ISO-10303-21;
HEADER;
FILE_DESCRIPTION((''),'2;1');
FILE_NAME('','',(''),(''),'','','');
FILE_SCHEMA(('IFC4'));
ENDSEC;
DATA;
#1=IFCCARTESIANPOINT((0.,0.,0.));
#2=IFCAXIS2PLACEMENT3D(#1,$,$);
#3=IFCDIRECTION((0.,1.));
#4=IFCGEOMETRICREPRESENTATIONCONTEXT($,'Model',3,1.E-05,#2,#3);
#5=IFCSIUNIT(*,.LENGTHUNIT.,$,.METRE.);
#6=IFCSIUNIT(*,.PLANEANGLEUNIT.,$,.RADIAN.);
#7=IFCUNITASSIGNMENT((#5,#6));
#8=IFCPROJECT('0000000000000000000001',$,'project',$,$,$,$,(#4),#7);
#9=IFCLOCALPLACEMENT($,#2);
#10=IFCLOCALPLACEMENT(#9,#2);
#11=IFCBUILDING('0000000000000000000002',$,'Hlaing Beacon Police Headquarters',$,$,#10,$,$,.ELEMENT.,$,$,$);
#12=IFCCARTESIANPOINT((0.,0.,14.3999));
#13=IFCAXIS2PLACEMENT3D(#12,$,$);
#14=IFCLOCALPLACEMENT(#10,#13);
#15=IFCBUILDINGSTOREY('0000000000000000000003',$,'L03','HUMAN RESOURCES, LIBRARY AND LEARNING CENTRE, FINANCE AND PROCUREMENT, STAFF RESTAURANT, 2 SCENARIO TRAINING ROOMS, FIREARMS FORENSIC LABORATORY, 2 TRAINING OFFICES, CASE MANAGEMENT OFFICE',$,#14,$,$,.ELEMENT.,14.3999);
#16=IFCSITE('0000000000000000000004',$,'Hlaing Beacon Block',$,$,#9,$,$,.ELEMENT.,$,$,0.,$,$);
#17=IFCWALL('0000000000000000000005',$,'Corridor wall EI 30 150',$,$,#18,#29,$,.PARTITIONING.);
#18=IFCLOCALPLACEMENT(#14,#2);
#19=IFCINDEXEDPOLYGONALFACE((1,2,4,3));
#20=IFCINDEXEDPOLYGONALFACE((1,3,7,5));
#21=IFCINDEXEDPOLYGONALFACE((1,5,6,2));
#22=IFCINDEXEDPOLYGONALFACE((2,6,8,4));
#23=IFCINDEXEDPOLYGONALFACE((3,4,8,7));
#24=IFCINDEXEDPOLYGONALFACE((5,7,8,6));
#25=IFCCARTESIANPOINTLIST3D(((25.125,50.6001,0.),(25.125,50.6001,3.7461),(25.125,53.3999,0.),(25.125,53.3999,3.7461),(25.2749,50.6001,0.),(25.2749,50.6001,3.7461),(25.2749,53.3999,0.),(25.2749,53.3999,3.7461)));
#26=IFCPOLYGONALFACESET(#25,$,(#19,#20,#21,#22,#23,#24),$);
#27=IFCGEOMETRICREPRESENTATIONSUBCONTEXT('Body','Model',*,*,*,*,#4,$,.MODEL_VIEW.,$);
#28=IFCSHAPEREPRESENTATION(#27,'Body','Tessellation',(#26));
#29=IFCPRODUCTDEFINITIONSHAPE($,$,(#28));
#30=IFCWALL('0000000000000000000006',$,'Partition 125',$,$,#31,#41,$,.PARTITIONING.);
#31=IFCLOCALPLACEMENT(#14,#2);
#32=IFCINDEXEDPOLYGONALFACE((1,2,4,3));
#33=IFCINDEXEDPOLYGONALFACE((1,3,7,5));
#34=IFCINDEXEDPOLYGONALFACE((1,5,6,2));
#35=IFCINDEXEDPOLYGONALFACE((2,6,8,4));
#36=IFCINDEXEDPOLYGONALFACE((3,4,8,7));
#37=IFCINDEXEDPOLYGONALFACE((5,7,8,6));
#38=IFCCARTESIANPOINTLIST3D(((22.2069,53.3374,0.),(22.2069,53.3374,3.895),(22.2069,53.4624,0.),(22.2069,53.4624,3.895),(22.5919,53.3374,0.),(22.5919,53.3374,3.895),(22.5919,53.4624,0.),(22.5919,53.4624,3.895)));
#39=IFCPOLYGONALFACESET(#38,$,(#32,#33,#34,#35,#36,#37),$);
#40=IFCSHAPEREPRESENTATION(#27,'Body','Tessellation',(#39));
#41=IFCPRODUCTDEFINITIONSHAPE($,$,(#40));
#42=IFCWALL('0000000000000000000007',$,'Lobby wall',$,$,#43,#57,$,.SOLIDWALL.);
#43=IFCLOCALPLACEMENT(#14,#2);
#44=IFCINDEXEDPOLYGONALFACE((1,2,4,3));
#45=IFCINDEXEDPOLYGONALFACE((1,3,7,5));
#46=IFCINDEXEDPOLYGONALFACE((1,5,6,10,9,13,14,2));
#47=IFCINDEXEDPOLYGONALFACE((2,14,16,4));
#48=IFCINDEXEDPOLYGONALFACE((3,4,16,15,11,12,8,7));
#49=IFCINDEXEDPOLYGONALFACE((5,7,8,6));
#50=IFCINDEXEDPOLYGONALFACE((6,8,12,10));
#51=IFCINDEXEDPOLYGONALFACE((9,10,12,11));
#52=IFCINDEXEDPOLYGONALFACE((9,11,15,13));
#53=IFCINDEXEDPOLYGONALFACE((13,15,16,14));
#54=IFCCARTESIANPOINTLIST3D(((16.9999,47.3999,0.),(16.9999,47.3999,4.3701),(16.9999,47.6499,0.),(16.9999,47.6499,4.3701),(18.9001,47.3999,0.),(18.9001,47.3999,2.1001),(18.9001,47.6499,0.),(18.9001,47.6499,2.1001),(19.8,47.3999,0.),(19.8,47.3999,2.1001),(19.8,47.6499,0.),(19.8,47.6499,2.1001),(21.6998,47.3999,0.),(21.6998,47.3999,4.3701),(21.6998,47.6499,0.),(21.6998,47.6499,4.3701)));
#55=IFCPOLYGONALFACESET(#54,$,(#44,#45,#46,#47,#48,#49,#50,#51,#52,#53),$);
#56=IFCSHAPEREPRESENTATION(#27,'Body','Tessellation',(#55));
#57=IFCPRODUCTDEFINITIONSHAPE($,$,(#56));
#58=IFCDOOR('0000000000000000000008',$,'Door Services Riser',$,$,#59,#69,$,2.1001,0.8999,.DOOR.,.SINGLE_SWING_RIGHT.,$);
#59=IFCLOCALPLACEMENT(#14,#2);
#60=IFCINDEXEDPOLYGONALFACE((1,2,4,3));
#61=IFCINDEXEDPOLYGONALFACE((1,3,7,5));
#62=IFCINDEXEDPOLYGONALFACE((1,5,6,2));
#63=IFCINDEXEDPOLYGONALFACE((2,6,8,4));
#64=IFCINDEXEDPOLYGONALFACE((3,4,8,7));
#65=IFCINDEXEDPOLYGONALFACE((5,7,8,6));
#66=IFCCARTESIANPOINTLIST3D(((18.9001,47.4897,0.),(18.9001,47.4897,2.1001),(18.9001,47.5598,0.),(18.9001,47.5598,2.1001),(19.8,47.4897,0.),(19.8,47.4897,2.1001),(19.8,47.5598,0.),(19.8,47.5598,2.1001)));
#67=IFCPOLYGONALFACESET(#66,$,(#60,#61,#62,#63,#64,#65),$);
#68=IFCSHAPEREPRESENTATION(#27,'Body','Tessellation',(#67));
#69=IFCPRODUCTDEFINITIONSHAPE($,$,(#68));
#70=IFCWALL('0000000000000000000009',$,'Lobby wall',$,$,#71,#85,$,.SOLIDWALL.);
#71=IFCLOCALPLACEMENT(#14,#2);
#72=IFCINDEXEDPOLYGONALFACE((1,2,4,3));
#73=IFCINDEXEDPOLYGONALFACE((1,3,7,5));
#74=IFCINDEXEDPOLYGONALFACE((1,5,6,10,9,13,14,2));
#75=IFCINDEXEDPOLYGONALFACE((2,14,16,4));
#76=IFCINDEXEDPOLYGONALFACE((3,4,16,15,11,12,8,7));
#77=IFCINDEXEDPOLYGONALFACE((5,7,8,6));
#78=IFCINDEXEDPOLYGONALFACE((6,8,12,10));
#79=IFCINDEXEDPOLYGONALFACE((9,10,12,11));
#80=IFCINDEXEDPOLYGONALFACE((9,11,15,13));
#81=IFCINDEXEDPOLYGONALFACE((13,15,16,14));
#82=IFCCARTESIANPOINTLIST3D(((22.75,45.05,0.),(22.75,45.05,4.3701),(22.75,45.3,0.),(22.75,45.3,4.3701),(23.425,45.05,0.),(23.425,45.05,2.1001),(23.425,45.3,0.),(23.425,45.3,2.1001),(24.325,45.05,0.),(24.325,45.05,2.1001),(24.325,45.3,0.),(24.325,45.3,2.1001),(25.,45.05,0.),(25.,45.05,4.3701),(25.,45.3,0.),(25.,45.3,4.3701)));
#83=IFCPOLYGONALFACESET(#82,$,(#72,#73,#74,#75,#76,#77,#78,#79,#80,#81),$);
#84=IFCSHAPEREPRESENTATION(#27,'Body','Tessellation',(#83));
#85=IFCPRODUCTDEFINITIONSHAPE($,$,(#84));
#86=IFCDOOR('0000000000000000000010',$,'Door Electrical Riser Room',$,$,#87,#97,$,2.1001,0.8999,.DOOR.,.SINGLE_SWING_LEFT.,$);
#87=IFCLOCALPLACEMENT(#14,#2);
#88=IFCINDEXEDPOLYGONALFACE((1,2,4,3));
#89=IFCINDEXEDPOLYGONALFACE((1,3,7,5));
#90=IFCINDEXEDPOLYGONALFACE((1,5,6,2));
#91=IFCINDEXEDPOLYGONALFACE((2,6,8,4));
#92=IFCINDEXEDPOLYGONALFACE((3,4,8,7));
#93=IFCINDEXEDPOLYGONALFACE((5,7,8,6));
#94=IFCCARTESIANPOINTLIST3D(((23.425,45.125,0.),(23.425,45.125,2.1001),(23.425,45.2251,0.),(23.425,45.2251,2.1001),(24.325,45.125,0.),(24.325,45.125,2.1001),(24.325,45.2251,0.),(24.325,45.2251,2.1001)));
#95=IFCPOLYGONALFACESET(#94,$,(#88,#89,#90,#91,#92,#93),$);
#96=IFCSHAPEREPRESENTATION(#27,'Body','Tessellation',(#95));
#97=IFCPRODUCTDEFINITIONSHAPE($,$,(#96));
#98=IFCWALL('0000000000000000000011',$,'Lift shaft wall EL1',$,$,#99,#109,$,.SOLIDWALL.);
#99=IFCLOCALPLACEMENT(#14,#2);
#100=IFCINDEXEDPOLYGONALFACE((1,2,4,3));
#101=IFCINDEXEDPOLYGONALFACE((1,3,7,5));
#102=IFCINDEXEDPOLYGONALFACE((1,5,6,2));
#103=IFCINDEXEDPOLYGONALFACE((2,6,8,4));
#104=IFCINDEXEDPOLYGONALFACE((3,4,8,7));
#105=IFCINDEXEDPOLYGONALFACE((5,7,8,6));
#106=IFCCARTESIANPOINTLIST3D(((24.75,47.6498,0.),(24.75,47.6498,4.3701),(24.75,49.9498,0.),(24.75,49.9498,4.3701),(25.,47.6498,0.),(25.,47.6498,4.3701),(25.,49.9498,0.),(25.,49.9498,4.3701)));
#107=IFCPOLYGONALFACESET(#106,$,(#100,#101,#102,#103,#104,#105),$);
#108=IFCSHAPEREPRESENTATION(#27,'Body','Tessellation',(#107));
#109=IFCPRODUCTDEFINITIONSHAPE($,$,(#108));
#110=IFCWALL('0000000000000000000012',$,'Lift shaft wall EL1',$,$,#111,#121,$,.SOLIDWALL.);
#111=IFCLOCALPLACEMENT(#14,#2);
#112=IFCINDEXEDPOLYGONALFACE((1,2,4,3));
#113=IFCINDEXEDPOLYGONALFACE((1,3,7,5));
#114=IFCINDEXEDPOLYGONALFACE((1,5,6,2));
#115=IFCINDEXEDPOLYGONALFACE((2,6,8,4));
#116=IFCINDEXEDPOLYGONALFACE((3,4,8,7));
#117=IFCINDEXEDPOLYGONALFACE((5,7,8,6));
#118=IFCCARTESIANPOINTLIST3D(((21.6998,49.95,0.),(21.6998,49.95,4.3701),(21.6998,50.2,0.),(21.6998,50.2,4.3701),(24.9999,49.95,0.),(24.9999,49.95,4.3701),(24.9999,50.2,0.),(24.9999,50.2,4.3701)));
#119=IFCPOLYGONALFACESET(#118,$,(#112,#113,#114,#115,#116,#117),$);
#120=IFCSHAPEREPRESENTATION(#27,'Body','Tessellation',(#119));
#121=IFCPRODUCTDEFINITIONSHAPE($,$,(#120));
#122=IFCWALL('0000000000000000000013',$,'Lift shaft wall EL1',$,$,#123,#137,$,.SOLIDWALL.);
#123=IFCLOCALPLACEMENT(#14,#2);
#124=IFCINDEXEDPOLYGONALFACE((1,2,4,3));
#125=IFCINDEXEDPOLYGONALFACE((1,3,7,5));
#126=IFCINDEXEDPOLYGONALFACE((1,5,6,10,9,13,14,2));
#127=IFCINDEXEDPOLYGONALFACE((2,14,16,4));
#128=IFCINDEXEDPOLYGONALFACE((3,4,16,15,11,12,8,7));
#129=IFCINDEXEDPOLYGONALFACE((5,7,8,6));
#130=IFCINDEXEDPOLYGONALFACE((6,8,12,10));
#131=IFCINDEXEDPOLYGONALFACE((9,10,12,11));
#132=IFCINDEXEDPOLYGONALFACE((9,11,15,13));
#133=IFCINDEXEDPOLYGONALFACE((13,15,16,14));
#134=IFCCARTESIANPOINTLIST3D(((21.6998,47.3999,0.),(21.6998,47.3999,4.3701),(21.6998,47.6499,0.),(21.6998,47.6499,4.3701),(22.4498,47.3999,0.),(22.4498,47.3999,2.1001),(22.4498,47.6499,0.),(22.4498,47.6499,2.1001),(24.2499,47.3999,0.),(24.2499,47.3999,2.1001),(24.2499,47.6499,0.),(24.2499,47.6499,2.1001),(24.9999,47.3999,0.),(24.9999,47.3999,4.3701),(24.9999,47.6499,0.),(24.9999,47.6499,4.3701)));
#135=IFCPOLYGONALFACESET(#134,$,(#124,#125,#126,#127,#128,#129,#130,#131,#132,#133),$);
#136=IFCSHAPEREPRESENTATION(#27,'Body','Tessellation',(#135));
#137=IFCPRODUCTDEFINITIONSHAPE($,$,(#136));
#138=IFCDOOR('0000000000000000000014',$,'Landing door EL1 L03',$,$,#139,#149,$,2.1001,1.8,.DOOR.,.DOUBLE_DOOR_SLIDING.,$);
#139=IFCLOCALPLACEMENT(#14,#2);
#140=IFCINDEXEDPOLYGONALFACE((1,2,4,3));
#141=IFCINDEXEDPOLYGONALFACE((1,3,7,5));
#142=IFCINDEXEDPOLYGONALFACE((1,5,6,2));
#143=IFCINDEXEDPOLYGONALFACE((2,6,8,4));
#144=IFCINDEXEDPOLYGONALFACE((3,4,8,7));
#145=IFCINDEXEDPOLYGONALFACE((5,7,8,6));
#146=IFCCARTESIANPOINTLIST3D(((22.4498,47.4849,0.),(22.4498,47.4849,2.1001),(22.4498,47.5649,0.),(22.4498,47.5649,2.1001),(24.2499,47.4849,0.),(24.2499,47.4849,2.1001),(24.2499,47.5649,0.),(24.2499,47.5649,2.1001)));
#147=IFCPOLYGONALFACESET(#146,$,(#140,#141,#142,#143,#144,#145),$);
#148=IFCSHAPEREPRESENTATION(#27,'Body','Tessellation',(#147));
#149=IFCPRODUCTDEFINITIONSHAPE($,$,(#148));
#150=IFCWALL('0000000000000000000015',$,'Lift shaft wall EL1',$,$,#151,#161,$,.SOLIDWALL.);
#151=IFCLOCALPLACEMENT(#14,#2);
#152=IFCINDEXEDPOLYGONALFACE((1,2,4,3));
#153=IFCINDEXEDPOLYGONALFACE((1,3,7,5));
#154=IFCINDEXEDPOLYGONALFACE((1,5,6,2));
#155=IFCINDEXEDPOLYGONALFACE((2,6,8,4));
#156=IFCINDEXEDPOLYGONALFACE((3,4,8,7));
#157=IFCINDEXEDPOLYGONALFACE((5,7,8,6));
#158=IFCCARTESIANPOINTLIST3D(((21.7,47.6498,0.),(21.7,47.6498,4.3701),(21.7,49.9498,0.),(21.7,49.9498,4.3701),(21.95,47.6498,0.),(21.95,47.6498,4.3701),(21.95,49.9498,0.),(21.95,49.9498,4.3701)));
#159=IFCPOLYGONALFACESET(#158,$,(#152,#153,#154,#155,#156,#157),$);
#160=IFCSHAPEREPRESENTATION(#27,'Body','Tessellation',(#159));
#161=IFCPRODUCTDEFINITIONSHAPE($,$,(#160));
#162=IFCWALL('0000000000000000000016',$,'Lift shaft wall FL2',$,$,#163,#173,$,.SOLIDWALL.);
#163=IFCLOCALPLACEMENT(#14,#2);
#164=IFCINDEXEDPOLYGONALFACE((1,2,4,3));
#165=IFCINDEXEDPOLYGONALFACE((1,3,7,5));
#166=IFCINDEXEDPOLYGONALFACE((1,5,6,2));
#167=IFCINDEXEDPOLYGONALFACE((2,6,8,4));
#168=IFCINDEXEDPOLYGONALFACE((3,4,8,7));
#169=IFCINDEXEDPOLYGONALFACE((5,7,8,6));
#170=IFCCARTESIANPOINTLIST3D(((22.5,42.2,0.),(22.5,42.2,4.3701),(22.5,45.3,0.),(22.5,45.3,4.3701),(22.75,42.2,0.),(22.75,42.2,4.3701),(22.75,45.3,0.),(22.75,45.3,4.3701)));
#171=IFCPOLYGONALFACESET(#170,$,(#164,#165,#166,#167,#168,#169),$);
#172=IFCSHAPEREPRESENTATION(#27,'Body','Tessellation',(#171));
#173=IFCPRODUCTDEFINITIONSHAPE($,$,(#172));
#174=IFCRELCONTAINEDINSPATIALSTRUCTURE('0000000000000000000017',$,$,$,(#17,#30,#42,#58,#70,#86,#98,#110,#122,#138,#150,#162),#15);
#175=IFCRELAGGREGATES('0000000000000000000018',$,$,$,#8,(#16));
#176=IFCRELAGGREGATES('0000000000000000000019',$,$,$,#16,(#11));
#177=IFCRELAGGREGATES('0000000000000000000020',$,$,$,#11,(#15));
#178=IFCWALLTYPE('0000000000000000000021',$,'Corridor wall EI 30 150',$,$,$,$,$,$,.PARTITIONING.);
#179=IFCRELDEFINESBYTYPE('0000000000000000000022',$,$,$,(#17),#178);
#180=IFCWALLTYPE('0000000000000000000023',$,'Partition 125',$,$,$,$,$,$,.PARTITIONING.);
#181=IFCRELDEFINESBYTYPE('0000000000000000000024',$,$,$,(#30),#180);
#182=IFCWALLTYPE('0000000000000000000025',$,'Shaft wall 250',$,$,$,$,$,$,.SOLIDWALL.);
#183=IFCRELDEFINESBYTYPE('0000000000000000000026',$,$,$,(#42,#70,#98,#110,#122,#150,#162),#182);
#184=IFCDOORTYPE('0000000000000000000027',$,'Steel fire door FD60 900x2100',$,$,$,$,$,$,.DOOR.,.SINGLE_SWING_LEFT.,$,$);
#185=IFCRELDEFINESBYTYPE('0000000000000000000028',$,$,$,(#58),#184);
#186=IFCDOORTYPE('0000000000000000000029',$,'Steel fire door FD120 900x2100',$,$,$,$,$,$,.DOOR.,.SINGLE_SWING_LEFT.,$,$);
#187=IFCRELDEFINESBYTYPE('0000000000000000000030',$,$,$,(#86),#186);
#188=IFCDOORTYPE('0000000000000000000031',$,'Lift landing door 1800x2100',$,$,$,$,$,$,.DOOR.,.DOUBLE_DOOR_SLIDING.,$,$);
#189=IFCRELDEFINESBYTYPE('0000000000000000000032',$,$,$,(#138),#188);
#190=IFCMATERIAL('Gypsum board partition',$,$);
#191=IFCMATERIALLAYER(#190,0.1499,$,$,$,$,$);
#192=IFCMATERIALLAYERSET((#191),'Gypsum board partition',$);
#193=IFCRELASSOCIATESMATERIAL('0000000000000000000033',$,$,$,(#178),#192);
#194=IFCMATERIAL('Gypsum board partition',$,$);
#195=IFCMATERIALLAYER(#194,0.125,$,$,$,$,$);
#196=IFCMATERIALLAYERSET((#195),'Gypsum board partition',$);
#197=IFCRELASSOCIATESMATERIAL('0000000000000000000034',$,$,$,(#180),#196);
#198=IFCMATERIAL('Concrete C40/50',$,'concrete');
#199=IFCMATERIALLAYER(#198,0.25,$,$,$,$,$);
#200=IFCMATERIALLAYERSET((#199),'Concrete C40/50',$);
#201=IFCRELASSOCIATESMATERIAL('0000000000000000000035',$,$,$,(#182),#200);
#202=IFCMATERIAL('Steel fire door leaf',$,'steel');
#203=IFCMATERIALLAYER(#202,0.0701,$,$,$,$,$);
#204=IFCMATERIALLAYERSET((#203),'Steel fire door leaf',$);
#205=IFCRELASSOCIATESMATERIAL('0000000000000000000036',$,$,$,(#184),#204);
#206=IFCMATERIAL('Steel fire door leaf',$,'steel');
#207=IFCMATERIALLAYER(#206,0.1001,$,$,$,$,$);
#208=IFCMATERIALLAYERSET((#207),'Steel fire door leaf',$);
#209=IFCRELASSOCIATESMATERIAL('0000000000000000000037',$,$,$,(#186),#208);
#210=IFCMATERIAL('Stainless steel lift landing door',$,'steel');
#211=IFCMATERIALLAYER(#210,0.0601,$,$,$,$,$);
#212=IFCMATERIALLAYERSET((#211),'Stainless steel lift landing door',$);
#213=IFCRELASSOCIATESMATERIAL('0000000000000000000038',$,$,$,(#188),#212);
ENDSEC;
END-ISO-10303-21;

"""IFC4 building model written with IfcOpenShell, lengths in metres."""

from ifc_helpers import new_model, si_unit, direction, frame, frame_2d, origin, place, context, subcontext, project, spatial, rectangle, extrude, material, layer, layer_set, type_object, element, fill, save


model = new_model("IFC4")

# Units and contexts
model_context = context("Model", 3, precision=1e-05, world=origin(), true_north=direction((0.0, 1.0)))
body_context = subcontext(model_context, "Body", "Model", "MODEL_VIEW")
ifc_project = project(units=[si_unit("LENGTHUNIT", "METRE"), si_unit("PLANEANGLEUNIT", "RADIAN")], contexts=[model_context])

# Site, building, storey
site_placement = place(None, origin())
site = spatial("IfcSite", under=ifc_project, at=site_placement, Name="Hlaing Beacon Block", CompositionType="ELEMENT", RefElevation=0.0)
building_placement = place(site_placement, origin())
building = spatial("IfcBuilding", under=site, at=building_placement, Name="Hlaing Beacon Police Headquarters", CompositionType="ELEMENT")
storey_placement = place(building_placement, frame((0.0, 0.0, 14.3999)))
storey = spatial("IfcBuildingStorey", under=building, at=storey_placement, Name="L03", Description="HUMAN RESOURCES, LIBRARY AND LEARNING CENTRE, FINANCE AND PROCUREMENT, STAFF RESTAURANT, 2 SCENARIO TRAINING ROOMS, FIREARMS FORENSIC LABORATORY, 2 TRAINING OFFICES, CASE MANAGEMENT OFFICE", CompositionType="ELEMENT", Elevation=14.3999)

# Walls
ifc_material_1 = material(Name="Gypsum board partition")
ifc_layer_1 = layer(ifc_material_1, 0.1499)
ifc_layer_set_1 = layer_set([ifc_layer_1], Name="Gypsum board partition")
wall_type_1 = type_object("IfcWallType", Name="Corridor wall EI 30 150", PredefinedType="PARTITIONING", material=ifc_layer_set_1)
wall_1_placement = place(storey_placement, frame((25.2, 50.6001, 0.0), z_axis=(0.0, 0.0, 1.0), x_axis=(0.0, 1.0, 0.0)))
element("IfcWall", 1, at=wall_1_placement, inside=storey, type_object=wall_type_1, Name="Corridor wall EI 30 150", PredefinedType="PARTITIONING", context=body_context, shape_type="SweptSolid", body=[
    extrude(rectangle(XDim=2.7998, YDim=0.1499, at=frame_2d((1.3999, 0.0))), origin(), (0.0, 0.0, 1.0), 3.7461),
])
ifc_material_2 = material(Name="Gypsum board partition")
ifc_layer_2 = layer(ifc_material_2, 0.125)
ifc_layer_set_2 = layer_set([ifc_layer_2], Name="Gypsum board partition")
wall_type_2 = type_object("IfcWallType", Name="Partition 125", PredefinedType="PARTITIONING", material=ifc_layer_set_2)
wall_2_placement = place(storey_placement, frame((22.207, 53.3999, 0.0), z_axis=(0.0, 0.0, 1.0), x_axis=(1.0, 0.0, 0.0)))
element("IfcWall", 2, at=wall_2_placement, inside=storey, type_object=wall_type_2, Name="Partition 125", PredefinedType="PARTITIONING", context=body_context, shape_type="SweptSolid", body=[
    extrude(rectangle(XDim=0.385, YDim=0.125, at=frame_2d((0.1924, 0.0))), origin(), (0.0, 0.0, 1.0), 3.895),
])

# Walls, openings, doors
ifc_material_3 = material(Name="Concrete C40/50", Category="concrete")
ifc_layer_3 = layer(ifc_material_3, 0.25)
ifc_layer_set_3 = layer_set([ifc_layer_3], Name="Concrete C40/50")
wall_type_3 = type_object("IfcWallType", Name="Shaft wall 250", PredefinedType="SOLIDWALL", material=ifc_layer_set_3)
wall_3_placement = place(storey_placement, frame((21.7, 47.5249, 0.0), z_axis=(0.0, 0.0, 1.0), x_axis=(-1.0, 0.0, 0.0)))
wall_3 = element("IfcWall", 3, at=wall_3_placement, inside=storey, type_object=wall_type_3, Name="Lobby wall", PredefinedType="SOLIDWALL", context=body_context, shape_type="SweptSolid", body=[
    extrude(rectangle(XDim=4.7, YDim=0.25, at=frame_2d((2.3501, 0.0))), origin(), (0.0, 0.0, 1.0), 4.3701),
])
opening_1_placement = place(wall_3_placement, frame((1.8999, 0.0, 0.0)))
opening_1 = element("IfcOpeningElement", 4, at=opening_1_placement, cuts=wall_3, PredefinedType="OPENING", context=body_context, shape_type="SweptSolid", body=[
    extrude(rectangle(XDim=0.8999, YDim=2.1001, at=frame_2d((0.45, 1.05))), frame((0.0, 0.135, 0.0), z_axis=(0.0, -1.0, 0.0), x_axis=(1.0, 0.0, 0.0)), (0.0, 0.0, 1.0), 0.27),
])
ifc_material_4 = material(Name="Steel fire door leaf", Category="steel")
ifc_layer_4 = layer(ifc_material_4, 0.0701)
ifc_layer_set_4 = layer_set([ifc_layer_4], Name="Steel fire door leaf")
door_type_1 = type_object("IfcDoorType", Name="Steel fire door FD60 900x2100", OperationType="SINGLE_SWING_LEFT", PredefinedType="DOOR", material=ifc_layer_set_4)
door_1_placement = place(opening_1_placement, frame((0.8999, 0.0, 0.0), z_axis=(0.0, 0.0, 1.0), x_axis=(-1.0, 0.0, 0.0)))
door_1 = element("IfcDoor", 5, at=door_1_placement, inside=storey, type_object=door_type_1, Name="Door Services Riser", OperationType="SINGLE_SWING_RIGHT", OverallHeight=2.1001, OverallWidth=0.8999, PredefinedType="DOOR", context=body_context, shape_type="SweptSolid", body=[
    extrude(rectangle(XDim=0.8999, YDim=2.1001, at=frame_2d((0.45, 1.05))), frame((0.0, 0.0349, 0.0), z_axis=(0.0, -1.0, 0.0), x_axis=(1.0, 0.0, 0.0)), (0.0, 0.0, 1.0), 0.0701),
])
fill(opening_1, door_1)
wall_4_placement = place(storey_placement, frame((25.0, 45.175, 0.0), z_axis=(0.0, 0.0, 1.0), x_axis=(-1.0, 0.0, 0.0)))
wall_4 = element("IfcWall", 6, at=wall_4_placement, inside=storey, type_object=wall_type_3, Name="Lobby wall", PredefinedType="SOLIDWALL", context=body_context, shape_type="SweptSolid", body=[
    extrude(rectangle(XDim=2.25, YDim=0.25, at=frame_2d((1.125, 0.0))), origin(), (0.0, 0.0, 1.0), 4.3701),
])
opening_2_placement = place(wall_4_placement, frame((0.675, 0.0, 0.0)))
opening_2 = element("IfcOpeningElement", 7, at=opening_2_placement, cuts=wall_4, PredefinedType="OPENING", context=body_context, shape_type="SweptSolid", body=[
    extrude(rectangle(XDim=0.8999, YDim=2.1001, at=frame_2d((0.45, 1.05))), frame((0.0, 0.135, 0.0), z_axis=(0.0, -1.0, 0.0), x_axis=(1.0, 0.0, 0.0)), (0.0, 0.0, 1.0), 0.27),
])
ifc_material_5 = material(Name="Steel fire door leaf", Category="steel")
ifc_layer_5 = layer(ifc_material_5, 0.1001)
ifc_layer_set_5 = layer_set([ifc_layer_5], Name="Steel fire door leaf")
door_type_2 = type_object("IfcDoorType", Name="Steel fire door FD120 900x2100", OperationType="SINGLE_SWING_LEFT", PredefinedType="DOOR", material=ifc_layer_set_5)
door_2_placement = place(opening_2_placement, origin())
door_2 = element("IfcDoor", 8, at=door_2_placement, inside=storey, type_object=door_type_2, Name="Door Electrical Riser Room", OperationType="SINGLE_SWING_LEFT", OverallHeight=2.1001, OverallWidth=0.8999, PredefinedType="DOOR", context=body_context, shape_type="SweptSolid", body=[
    extrude(rectangle(XDim=0.8999, YDim=2.1001, at=frame_2d((0.45, 1.05))), frame((0.0, 0.05, 0.0), z_axis=(0.0, -1.0, 0.0), x_axis=(1.0, 0.0, 0.0)), (0.0, 0.0, 1.0), 0.1001),
])
fill(opening_2, door_2)

# Walls
wall_5_placement = place(storey_placement, frame((24.875, 47.6499, 0.0), z_axis=(0.0, 0.0, 1.0), x_axis=(0.0, 1.0, 0.0)))
element("IfcWall", 9, at=wall_5_placement, inside=storey, type_object=wall_type_3, Name="Lift shaft wall EL1", PredefinedType="SOLIDWALL", context=body_context, shape_type="SweptSolid", body=[
    extrude(rectangle(XDim=2.3, YDim=0.25, at=frame_2d((1.1499, 0.0))), origin(), (0.0, 0.0, 1.0), 4.3701),
])
wall_6_placement = place(storey_placement, frame((21.7, 50.075, 0.0), z_axis=(0.0, 0.0, 1.0), x_axis=(1.0, 0.0, 0.0)))
element("IfcWall", 10, at=wall_6_placement, inside=storey, type_object=wall_type_3, Name="Lift shaft wall EL1", PredefinedType="SOLIDWALL", context=body_context, shape_type="SweptSolid", body=[
    extrude(rectangle(XDim=3.3, YDim=0.25, at=frame_2d((1.6499, 0.0))), origin(), (0.0, 0.0, 1.0), 4.3701),
])

# Wall, opening, door
wall_7_placement = place(storey_placement, frame((21.7, 47.5249, 0.0), z_axis=(0.0, 0.0, 1.0), x_axis=(1.0, 0.0, 0.0)))
wall_7 = element("IfcWall", 11, at=wall_7_placement, inside=storey, type_object=wall_type_3, Name="Lift shaft wall EL1", PredefinedType="SOLIDWALL", context=body_context, shape_type="SweptSolid", body=[
    extrude(rectangle(XDim=3.3, YDim=0.25, at=frame_2d((1.6499, 0.0))), origin(), (0.0, 0.0, 1.0), 4.3701),
])
opening_3_placement = place(wall_7_placement, frame((0.75, 0.0, 0.0)))
opening_3 = element("IfcOpeningElement", 12, at=opening_3_placement, cuts=wall_7, PredefinedType="OPENING", context=body_context, shape_type="SweptSolid", body=[
    extrude(rectangle(XDim=1.8, YDim=2.1001, at=frame_2d((0.8999, 1.05))), frame((0.0, 0.135, 0.0), z_axis=(0.0, -1.0, 0.0), x_axis=(1.0, 0.0, 0.0)), (0.0, 0.0, 1.0), 0.27),
])
ifc_material_6 = material(Name="Stainless steel lift landing door", Category="steel")
ifc_layer_6 = layer(ifc_material_6, 0.0601)
ifc_layer_set_6 = layer_set([ifc_layer_6], Name="Stainless steel lift landing door")
door_type_3 = type_object("IfcDoorType", Name="Lift landing door 1800x2100", OperationType="DOUBLE_DOOR_SLIDING", PredefinedType="DOOR", material=ifc_layer_set_6)
door_3_placement = place(opening_3_placement, origin())
door_3 = element("IfcDoor", 13, at=door_3_placement, inside=storey, type_object=door_type_3, Name="Landing door EL1 L03", OperationType="DOUBLE_DOOR_SLIDING", OverallHeight=2.1001, OverallWidth=1.8, PredefinedType="DOOR", context=body_context, shape_type="SweptSolid", body=[
    extrude(rectangle(XDim=1.8, YDim=2.1001, at=frame_2d((0.8999, 1.05))), frame((0.0, 0.04, 0.0), z_axis=(0.0, -1.0, 0.0), x_axis=(1.0, 0.0, 0.0)), (0.0, 0.0, 1.0), 0.0801),
])
fill(opening_3, door_3)

# Walls
wall_8_placement = place(storey_placement, frame((21.825, 47.6499, 0.0), z_axis=(0.0, 0.0, 1.0), x_axis=(0.0, 1.0, 0.0)))
element("IfcWall", 14, at=wall_8_placement, inside=storey, type_object=wall_type_3, Name="Lift shaft wall EL1", PredefinedType="SOLIDWALL", context=body_context, shape_type="SweptSolid", body=[
    extrude(rectangle(XDim=2.3, YDim=0.25, at=frame_2d((1.1499, 0.0))), origin(), (0.0, 0.0, 1.0), 4.3701),
])
wall_9_placement = place(storey_placement, frame((22.625, 42.2, 0.0), z_axis=(0.0, 0.0, 1.0), x_axis=(0.0, 1.0, 0.0)))
element("IfcWall", 15, at=wall_9_placement, inside=storey, type_object=wall_type_3, Name="Lift shaft wall FL2", PredefinedType="SOLIDWALL", context=body_context, shape_type="SweptSolid", body=[
    extrude(rectangle(XDim=3.1001, YDim=0.25, at=frame_2d((1.55, 0.0))), origin(), (0.0, 0.0, 1.0), 4.3701),
])

save(model, "model.ifc")
